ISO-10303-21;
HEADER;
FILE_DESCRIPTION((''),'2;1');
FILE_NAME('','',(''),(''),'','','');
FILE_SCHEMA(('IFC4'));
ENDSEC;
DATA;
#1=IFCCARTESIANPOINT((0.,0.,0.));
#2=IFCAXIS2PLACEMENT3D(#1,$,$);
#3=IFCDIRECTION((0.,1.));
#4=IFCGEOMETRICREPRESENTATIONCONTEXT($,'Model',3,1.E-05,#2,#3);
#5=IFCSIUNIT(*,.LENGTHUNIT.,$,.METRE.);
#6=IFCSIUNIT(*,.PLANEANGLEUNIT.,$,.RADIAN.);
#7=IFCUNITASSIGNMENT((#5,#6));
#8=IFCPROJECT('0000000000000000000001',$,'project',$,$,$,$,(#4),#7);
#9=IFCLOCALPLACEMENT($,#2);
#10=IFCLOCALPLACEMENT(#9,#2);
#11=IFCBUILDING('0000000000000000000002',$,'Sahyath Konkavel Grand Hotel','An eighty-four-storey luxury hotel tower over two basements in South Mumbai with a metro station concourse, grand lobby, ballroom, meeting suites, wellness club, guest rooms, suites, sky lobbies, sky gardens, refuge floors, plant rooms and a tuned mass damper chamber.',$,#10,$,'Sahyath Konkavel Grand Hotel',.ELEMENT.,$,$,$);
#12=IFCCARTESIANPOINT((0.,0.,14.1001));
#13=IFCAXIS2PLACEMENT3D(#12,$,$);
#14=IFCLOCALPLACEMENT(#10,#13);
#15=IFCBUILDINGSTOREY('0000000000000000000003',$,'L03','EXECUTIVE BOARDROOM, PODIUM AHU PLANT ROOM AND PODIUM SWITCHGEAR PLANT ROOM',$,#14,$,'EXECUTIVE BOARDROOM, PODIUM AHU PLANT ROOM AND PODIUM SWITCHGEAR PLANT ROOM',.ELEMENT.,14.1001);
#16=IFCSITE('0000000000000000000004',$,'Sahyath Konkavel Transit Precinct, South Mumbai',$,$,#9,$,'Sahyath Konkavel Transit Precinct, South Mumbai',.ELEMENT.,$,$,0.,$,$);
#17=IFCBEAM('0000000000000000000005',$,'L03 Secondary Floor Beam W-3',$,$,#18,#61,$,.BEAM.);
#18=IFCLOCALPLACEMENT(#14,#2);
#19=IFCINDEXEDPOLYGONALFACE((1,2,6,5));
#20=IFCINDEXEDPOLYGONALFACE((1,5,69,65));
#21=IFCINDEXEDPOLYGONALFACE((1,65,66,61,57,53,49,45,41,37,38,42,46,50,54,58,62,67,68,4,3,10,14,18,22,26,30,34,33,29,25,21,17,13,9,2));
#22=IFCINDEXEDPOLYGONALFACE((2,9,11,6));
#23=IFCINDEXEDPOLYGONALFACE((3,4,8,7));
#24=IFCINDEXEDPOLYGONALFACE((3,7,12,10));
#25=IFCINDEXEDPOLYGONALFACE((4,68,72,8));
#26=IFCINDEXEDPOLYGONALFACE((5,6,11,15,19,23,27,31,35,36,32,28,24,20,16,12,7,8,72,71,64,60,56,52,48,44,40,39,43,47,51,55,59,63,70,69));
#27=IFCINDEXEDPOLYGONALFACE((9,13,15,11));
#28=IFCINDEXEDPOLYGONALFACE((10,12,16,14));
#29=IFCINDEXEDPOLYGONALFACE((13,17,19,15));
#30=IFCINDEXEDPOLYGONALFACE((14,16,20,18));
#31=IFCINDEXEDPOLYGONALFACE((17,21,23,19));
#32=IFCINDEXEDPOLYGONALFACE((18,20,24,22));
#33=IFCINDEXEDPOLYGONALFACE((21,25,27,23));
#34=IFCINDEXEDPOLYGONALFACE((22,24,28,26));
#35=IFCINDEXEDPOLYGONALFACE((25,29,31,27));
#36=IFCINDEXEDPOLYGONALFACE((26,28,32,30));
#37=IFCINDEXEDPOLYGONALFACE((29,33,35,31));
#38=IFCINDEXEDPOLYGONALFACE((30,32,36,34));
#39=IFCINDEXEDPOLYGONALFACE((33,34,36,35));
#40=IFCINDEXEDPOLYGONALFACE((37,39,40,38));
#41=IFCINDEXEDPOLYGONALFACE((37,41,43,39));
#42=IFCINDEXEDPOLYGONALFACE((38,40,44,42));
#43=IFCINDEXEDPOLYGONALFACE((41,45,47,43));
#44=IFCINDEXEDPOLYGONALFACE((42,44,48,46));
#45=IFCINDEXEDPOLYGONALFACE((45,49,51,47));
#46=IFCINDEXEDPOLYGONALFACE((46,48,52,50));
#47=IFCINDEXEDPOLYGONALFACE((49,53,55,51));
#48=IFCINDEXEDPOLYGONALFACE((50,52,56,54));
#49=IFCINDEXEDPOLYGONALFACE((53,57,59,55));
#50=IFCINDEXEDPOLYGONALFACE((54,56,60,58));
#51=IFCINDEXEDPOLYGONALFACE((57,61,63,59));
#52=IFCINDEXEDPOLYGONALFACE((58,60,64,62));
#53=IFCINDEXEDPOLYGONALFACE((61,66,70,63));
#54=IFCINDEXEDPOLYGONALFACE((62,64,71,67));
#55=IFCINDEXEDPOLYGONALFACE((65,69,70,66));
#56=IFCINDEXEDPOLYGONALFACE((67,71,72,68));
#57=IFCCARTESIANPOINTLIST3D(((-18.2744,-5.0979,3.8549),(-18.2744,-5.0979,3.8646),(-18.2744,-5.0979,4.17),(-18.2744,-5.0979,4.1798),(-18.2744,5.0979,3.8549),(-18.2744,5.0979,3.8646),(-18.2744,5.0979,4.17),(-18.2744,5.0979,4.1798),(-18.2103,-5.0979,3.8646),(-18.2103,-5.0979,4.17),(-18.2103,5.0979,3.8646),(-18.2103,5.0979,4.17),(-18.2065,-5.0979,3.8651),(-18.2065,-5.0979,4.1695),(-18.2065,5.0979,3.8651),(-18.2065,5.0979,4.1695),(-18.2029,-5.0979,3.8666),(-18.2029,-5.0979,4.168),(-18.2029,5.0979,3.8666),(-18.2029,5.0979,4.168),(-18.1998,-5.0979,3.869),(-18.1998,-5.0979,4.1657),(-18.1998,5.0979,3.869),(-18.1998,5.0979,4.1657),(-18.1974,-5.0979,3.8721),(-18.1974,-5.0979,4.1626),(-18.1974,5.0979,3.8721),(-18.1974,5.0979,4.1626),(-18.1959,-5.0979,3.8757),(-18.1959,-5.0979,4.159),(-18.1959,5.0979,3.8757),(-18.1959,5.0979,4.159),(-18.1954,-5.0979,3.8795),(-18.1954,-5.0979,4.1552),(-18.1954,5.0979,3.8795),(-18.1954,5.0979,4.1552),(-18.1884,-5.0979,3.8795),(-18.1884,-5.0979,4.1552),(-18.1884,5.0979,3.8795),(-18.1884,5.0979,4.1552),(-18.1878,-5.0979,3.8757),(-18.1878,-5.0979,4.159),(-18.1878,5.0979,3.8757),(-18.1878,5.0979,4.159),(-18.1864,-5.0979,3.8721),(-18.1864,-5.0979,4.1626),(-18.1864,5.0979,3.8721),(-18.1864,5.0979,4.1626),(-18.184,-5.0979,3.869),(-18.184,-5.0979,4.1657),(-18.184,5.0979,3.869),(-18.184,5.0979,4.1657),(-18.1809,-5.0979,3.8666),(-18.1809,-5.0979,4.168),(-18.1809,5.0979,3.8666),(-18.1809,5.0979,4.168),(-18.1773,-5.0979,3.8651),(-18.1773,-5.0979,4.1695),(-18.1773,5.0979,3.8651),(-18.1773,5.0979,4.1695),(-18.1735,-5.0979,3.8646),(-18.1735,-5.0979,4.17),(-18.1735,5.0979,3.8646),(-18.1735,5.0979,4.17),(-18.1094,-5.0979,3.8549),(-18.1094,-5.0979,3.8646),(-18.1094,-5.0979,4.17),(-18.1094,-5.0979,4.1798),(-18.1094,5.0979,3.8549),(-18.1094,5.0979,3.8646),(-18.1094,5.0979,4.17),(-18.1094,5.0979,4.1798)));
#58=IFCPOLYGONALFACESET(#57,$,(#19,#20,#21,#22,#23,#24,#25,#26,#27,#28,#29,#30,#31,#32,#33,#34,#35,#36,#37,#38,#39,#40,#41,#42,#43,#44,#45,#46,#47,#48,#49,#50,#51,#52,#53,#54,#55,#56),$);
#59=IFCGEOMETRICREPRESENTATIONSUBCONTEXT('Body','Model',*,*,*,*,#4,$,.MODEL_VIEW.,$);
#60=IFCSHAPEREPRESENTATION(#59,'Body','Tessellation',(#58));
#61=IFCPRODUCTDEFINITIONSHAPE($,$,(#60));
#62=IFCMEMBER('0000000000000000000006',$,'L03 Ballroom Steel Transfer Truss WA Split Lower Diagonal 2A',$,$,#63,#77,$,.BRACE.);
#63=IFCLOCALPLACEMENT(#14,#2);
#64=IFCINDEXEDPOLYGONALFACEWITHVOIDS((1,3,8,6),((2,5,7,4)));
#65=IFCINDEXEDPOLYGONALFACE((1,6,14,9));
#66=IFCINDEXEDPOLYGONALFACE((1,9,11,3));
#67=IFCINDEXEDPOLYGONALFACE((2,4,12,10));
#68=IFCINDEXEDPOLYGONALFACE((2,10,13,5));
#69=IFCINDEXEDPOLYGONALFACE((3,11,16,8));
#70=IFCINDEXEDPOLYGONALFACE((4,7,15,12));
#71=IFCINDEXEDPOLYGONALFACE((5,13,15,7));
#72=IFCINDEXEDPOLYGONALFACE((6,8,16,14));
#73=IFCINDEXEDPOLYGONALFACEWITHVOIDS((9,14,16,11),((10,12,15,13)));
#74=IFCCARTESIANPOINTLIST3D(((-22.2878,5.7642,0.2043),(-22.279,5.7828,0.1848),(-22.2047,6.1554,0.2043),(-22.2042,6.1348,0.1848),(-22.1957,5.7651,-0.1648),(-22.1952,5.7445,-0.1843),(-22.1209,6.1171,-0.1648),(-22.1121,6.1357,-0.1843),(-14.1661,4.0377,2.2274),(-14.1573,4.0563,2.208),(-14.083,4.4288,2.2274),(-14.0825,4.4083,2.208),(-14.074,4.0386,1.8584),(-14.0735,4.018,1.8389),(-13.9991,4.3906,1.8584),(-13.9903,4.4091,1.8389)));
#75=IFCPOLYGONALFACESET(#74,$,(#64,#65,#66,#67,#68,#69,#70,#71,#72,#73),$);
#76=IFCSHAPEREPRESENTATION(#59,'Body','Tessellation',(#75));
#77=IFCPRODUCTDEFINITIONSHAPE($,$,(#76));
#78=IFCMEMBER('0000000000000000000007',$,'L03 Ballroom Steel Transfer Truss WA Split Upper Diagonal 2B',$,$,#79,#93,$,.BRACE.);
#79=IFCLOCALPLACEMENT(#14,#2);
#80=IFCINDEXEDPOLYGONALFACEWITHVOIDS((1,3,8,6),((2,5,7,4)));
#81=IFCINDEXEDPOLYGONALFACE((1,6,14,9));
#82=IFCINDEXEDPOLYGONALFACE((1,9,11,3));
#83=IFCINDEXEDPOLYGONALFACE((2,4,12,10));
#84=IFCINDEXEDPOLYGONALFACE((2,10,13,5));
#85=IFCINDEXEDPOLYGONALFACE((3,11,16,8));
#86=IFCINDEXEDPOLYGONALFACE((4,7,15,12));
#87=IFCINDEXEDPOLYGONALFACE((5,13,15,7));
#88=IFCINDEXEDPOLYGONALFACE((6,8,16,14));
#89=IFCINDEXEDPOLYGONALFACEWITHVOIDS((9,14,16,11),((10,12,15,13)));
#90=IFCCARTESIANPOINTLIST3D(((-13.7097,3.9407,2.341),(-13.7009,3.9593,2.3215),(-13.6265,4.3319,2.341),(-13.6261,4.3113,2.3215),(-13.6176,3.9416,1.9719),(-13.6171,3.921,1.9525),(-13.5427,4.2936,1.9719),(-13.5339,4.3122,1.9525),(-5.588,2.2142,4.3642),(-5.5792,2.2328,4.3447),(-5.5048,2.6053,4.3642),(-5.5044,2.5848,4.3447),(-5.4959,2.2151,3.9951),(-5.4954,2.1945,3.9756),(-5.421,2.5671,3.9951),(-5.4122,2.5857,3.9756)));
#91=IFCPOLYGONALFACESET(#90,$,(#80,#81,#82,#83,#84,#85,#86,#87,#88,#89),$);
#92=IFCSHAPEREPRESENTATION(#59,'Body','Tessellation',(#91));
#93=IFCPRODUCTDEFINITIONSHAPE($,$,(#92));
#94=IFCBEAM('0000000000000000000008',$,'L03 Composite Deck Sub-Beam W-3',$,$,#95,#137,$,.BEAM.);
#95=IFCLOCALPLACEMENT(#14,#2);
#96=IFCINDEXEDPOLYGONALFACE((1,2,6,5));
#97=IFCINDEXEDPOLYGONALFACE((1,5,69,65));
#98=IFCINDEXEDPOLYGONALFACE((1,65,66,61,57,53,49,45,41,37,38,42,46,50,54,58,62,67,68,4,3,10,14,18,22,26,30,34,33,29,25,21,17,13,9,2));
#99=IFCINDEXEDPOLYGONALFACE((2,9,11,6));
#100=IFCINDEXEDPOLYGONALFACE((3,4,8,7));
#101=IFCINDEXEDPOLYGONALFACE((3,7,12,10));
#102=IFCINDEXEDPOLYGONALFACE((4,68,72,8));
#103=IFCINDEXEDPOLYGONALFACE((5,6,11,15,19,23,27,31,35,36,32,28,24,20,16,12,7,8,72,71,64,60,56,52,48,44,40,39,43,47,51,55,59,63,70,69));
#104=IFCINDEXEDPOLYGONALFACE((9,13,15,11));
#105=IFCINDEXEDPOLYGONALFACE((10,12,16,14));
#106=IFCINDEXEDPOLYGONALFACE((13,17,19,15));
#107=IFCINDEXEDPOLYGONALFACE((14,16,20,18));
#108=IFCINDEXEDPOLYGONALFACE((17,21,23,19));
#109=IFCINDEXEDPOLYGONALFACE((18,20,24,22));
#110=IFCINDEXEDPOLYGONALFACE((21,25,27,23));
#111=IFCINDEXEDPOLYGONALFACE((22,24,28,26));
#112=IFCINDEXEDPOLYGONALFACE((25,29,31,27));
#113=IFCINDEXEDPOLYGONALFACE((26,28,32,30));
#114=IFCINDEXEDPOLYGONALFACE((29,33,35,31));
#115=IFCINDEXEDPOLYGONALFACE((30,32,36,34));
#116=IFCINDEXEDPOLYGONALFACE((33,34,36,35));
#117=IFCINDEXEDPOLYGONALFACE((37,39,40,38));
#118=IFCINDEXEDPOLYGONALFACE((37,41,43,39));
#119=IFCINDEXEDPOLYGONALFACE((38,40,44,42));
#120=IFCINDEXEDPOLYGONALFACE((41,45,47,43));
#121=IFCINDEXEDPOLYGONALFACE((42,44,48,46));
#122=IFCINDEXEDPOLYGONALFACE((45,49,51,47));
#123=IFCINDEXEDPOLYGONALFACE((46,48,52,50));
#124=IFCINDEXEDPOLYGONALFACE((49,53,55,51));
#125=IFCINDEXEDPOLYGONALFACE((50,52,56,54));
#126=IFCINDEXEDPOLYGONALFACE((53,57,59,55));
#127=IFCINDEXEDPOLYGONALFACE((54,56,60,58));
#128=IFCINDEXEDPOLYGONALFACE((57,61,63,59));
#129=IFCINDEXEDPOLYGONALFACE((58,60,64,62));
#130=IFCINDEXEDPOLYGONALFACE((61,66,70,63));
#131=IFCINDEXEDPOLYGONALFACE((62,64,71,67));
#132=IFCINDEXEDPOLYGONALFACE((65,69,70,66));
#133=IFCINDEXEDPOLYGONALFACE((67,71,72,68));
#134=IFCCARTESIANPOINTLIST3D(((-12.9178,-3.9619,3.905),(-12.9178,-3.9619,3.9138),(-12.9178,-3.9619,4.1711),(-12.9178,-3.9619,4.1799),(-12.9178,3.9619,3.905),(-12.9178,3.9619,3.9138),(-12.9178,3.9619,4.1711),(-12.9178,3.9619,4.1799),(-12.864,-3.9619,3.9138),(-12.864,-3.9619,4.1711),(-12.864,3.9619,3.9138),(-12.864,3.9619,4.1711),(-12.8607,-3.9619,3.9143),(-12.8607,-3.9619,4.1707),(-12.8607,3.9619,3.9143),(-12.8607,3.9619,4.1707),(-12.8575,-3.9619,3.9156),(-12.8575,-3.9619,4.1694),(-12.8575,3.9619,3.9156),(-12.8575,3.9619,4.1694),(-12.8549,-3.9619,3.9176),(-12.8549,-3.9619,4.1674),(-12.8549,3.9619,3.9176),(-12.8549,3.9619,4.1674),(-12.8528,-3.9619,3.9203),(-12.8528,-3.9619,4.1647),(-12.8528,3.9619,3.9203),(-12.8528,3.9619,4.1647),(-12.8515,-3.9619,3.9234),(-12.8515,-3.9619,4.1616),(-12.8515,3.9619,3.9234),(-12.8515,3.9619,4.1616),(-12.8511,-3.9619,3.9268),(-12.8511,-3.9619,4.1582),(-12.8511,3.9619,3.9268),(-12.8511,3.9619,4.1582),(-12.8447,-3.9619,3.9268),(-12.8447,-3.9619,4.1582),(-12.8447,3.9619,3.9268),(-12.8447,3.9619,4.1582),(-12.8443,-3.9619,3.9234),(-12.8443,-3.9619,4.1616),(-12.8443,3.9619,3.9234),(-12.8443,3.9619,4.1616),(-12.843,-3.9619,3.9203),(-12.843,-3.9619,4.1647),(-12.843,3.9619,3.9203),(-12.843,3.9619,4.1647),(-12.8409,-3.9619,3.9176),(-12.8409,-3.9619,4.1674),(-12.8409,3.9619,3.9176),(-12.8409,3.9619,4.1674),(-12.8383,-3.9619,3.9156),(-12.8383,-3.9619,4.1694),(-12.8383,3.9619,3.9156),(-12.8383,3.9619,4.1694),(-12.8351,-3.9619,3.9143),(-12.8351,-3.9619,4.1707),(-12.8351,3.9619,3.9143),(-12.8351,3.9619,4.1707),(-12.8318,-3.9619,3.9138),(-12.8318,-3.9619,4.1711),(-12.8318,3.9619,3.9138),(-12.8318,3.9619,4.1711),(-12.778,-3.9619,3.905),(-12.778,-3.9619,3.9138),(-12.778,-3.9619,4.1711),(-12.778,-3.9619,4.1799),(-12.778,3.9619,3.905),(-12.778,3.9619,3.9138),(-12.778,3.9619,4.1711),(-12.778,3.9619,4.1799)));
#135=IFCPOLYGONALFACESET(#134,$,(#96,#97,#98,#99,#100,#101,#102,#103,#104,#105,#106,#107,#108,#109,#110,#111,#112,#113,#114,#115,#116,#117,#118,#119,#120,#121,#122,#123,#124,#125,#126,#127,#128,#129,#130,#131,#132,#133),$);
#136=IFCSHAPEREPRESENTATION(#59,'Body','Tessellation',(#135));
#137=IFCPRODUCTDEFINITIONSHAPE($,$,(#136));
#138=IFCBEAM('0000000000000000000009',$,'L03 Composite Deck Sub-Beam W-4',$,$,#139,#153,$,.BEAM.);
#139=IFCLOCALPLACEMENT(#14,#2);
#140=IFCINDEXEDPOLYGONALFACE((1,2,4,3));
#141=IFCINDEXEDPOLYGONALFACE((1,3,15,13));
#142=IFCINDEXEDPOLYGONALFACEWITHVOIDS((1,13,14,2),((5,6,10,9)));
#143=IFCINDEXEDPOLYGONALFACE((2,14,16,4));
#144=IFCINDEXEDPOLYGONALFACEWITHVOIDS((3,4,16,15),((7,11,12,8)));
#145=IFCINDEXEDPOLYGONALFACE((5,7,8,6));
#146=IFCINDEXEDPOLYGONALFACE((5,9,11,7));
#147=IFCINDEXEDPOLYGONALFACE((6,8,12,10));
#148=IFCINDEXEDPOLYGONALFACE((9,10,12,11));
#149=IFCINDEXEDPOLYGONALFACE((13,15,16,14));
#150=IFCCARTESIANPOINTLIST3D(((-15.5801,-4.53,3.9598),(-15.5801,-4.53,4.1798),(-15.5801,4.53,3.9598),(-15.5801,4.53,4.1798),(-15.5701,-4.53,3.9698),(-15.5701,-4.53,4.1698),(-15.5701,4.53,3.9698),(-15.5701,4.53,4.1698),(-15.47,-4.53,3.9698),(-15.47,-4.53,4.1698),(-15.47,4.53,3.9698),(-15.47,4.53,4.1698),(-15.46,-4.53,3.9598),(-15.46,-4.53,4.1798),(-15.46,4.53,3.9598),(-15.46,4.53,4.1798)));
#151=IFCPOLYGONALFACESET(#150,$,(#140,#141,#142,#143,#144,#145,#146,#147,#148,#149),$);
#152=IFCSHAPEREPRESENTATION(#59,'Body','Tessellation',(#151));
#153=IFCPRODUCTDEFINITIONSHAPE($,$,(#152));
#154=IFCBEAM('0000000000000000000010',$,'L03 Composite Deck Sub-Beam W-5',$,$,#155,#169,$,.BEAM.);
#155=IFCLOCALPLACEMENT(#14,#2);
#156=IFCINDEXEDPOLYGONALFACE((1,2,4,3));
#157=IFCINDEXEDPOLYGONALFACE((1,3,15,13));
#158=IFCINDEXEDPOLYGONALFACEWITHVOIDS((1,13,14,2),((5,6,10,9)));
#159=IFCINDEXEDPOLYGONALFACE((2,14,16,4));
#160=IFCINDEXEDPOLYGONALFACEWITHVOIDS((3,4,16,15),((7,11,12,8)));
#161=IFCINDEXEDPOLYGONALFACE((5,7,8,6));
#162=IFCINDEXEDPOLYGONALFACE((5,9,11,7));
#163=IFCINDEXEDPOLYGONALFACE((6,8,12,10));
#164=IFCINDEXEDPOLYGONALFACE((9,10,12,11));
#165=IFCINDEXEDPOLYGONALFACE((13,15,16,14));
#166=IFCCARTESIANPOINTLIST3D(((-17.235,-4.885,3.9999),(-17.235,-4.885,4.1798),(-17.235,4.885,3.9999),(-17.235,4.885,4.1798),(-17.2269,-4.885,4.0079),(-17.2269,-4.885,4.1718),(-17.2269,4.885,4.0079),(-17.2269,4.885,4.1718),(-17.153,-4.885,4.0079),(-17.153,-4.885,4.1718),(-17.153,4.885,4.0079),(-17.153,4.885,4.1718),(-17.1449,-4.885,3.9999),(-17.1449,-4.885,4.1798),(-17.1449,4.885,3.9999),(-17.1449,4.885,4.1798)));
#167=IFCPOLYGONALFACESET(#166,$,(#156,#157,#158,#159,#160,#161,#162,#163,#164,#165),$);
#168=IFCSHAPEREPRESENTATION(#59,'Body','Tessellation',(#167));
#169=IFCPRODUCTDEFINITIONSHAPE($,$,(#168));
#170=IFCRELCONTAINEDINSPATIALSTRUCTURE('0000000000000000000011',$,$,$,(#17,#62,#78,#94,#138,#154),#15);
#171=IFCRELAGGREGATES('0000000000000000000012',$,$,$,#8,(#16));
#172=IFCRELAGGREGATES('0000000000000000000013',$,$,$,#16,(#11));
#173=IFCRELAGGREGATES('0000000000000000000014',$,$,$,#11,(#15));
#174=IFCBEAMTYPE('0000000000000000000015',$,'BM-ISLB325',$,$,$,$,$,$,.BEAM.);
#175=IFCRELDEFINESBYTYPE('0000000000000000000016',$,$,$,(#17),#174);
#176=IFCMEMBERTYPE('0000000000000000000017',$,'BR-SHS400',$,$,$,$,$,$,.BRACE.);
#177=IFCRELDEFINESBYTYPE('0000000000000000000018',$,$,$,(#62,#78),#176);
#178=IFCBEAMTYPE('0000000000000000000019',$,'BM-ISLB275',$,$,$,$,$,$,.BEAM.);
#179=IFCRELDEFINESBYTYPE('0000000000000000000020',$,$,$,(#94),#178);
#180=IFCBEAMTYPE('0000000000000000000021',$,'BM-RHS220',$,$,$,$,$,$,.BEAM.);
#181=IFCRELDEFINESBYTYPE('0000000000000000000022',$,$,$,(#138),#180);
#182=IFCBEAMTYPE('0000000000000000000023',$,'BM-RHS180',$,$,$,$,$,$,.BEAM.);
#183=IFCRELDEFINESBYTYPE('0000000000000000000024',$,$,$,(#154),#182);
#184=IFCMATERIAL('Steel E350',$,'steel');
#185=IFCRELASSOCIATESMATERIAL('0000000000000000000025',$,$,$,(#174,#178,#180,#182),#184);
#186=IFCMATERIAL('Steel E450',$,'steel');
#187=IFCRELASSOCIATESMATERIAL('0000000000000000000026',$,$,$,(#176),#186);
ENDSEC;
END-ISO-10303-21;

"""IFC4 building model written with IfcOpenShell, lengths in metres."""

from ifc_helpers import new_model, si_unit, direction, frame, origin, origin_2d, place, context, subcontext, project, spatial, hollow_rectangle, i_section, extrude, source, transform, mapped, material, material_profile, profile_set, type_object, element, save


model = new_model("IFC4")

# Units and contexts
model_context = context("Model", 3, precision=1e-05, world=origin(), true_north=direction((0.0, 1.0)))
body_context = subcontext(model_context, "Body", "Model", "MODEL_VIEW")
ifc_project = project(units=[si_unit("LENGTHUNIT", "METRE"), si_unit("PLANEANGLEUNIT", "RADIAN")], contexts=[model_context])

# Site, building, storey
site_placement = place(None, origin())
site = spatial("IfcSite", under=ifc_project, at=site_placement, Name="Sahyath Konkavel Transit Precinct, South Mumbai", LongName="Sahyath Konkavel Transit Precinct, South Mumbai", CompositionType="ELEMENT", RefElevation=0.0)
building_placement = place(site_placement, origin())
building = spatial("IfcBuilding", under=site, at=building_placement, Name="Sahyath Konkavel Grand Hotel", Description="An eighty-four-storey luxury hotel tower over two basements in South Mumbai with a metro station concourse, grand lobby, ballroom, meeting suites, wellness club, guest rooms, suites, sky lobbies, sky gardens, refuge floors, plant rooms and a tuned mass damper chamber.", LongName="Sahyath Konkavel Grand Hotel", CompositionType="ELEMENT")
storey_placement = place(building_placement, frame((0.0, 0.0, 14.1001)))
storey = spatial("IfcBuildingStorey", under=building, at=storey_placement, Name="L03", Description="EXECUTIVE BOARDROOM, PODIUM AHU PLANT ROOM AND PODIUM SWITCHGEAR PLANT ROOM", LongName="EXECUTIVE BOARDROOM, PODIUM AHU PLANT ROOM AND PODIUM SWITCHGEAR PLANT ROOM", CompositionType="ELEMENT", Elevation=14.1001)

# Shared definitions
ifc_material_1 = material(Name="Steel E450", Category="steel")

# Beam
ifc_material_2 = material(Name="Steel E350", Category="steel")
ifc_material_profile_1 = material_profile(ifc_material_2, i_section(OverallWidth=0.165, OverallDepth=0.325, WebThickness=0.0071, FlangeThickness=0.0098, FilletRadius=0.0149, at=origin_2d()), Name="ISLB 325")
ifc_profile_set_1 = profile_set([ifc_material_profile_1], Name="Steel E350")
beam_type_1 = type_object("IfcBeamType", Name="BM-ISLB325", PredefinedType="BEAM", material=ifc_profile_set_1)
shared_shape_1 = source(origin(), body_context, "Body", "SweptSolid", [
    extrude(i_section(OverallWidth=0.165, OverallDepth=0.325, WebThickness=0.0071, FlangeThickness=0.0098, FilletRadius=0.0149, at=origin_2d()), origin(), (0.0, 0.0, 1.0), 10.1958),
])
beam_1_placement = place(storey_placement, frame((-18.1919, 5.0979, 4.0173), z_axis=(0.0, -1.0, 0.0), x_axis=(1.0, 0.0, 0.0)))
element("IfcBeam", 1, at=beam_1_placement, inside=storey, type_object=beam_type_1, Name="L03 Secondary Floor Beam W-3", PredefinedType="BEAM", context=body_context, shape_type="MappedRepresentation", body=[
    mapped(shared_shape_1, transform((0.0, 0.0, 0.0), scale=1.0)),
])

# Members
ifc_material_profile_2 = material_profile(ifc_material_1, hollow_rectangle(XDim=0.3999, YDim=0.3999, WallThickness=0.02, at=origin_2d()), Name="SHS 400x400x20")
ifc_profile_set_2 = profile_set([ifc_material_profile_2], Name="Steel E450")
member_type = type_object("IfcMemberType", Name="BR-SHS400", PredefinedType="BRACE", material=ifc_profile_set_2)
shared_shape_2 = source(origin(), body_context, "Body", "SweptSolid", [
    extrude(hollow_rectangle(XDim=0.3999, YDim=0.3999, WallThickness=0.02, at=origin_2d()), origin(), (0.0, 0.0, 1.0), 8.5461),
])
for number, where, z_axis, x_axis, name in (
    (2, (-22.2, 5.95, 0.01), (0.950338, -0.202026, 0.236735), (0.207936, 0.978142, 0.0), "L03 Ballroom Steel Transfer Truss WA Split Lower Diagonal 2A"),
    (3, (-13.6218, 4.1265, 2.1467), (0.950338, -0.202026, 0.236735), (0.207936, 0.978142, 0.0), "L03 Ballroom Steel Transfer Truss WA Split Upper Diagonal 2B"),
):
    element("IfcMember", number, at=place(storey_placement, frame(where, z_axis=z_axis, x_axis=x_axis)), inside=storey, type_object=member_type, Name=name, PredefinedType="BRACE", context=body_context, shape_type="MappedRepresentation", body=[
        mapped(shared_shape_2, transform((0.0, 0.0, 0.0), scale=1.0)),
    ])

# Beams
ifc_material_profile_3 = material_profile(ifc_material_2, i_section(OverallWidth=0.1399, OverallDepth=0.2749, WebThickness=0.0063, FlangeThickness=0.0088, FilletRadius=0.0129, at=origin_2d()), Name="ISLB 275")
ifc_profile_set_3 = profile_set([ifc_material_profile_3], Name="Steel E350")
beam_type_2 = type_object("IfcBeamType", Name="BM-ISLB275", PredefinedType="BEAM", material=ifc_profile_set_3)
shared_shape_3 = source(origin(), body_context, "Body", "SweptSolid", [
    extrude(i_section(OverallWidth=0.1399, OverallDepth=0.2749, WebThickness=0.0063, FlangeThickness=0.0088, FilletRadius=0.0129, at=origin_2d()), origin(), (0.0, 0.0, 1.0), 7.9238),
])
beam_2_placement = place(storey_placement, frame((-12.8479, 3.9619, 4.0425), z_axis=(0.0, -1.0, 0.0), x_axis=(1.0, 0.0, 0.0)))
element("IfcBeam", 4, at=beam_2_placement, inside=storey, type_object=beam_type_2, Name="L03 Composite Deck Sub-Beam W-3", PredefinedType="BEAM", context=body_context, shape_type="MappedRepresentation", body=[
    mapped(shared_shape_3, transform((0.0, 0.0, 0.0), scale=1.0)),
])
ifc_material_profile_4 = material_profile(ifc_material_2, hollow_rectangle(XDim=0.1201, YDim=0.22, WallThickness=0.01, at=origin_2d()), Name="RHS 220x120x10")
ifc_profile_set_4 = profile_set([ifc_material_profile_4], Name="Steel E350")
beam_type_3 = type_object("IfcBeamType", Name="BM-RHS220", PredefinedType="BEAM", material=ifc_profile_set_4)
shared_shape_4 = source(origin(), body_context, "Body", "SweptSolid", [
    extrude(hollow_rectangle(XDim=0.1201, YDim=0.22, WallThickness=0.01, at=origin_2d()), origin(), (0.0, 0.0, 1.0), 9.0601),
])
beam_3_placement = place(storey_placement, frame((-15.52, 4.53, 4.0698), z_axis=(0.0, -1.0, 0.0), x_axis=(1.0, 0.0, 0.0)))
element("IfcBeam", 5, at=beam_3_placement, inside=storey, type_object=beam_type_3, Name="L03 Composite Deck Sub-Beam W-4", PredefinedType="BEAM", context=body_context, shape_type="MappedRepresentation", body=[
    mapped(shared_shape_4, transform((0.0, 0.0, 0.0), scale=1.0)),
])
ifc_material_profile_5 = material_profile(ifc_material_2, hollow_rectangle(XDim=0.0901, YDim=0.1799, WallThickness=0.0081, at=origin_2d()), Name="RHS 180x90x8")
ifc_profile_set_5 = profile_set([ifc_material_profile_5], Name="Steel E350")
beam_type_4 = type_object("IfcBeamType", Name="BM-RHS180", PredefinedType="BEAM", material=ifc_profile_set_5)
shared_shape_5 = source(origin(), body_context, "Body", "SweptSolid", [
    extrude(hollow_rectangle(XDim=0.0901, YDim=0.1799, WallThickness=0.0081, at=origin_2d()), origin(), (0.0, 0.0, 1.0), 9.77),
])
beam_4_placement = place(storey_placement, frame((-17.1899, 4.885, 4.0898), z_axis=(0.0, -1.0, 0.0), x_axis=(1.0, 0.0, 0.0)))
element("IfcBeam", 6, at=beam_4_placement, inside=storey, type_object=beam_type_4, Name="L03 Composite Deck Sub-Beam W-5", PredefinedType="BEAM", context=body_context, shape_type="MappedRepresentation", body=[
    mapped(shared_shape_5, transform((0.0, 0.0, 0.0), scale=1.0)),
])

save(model, "model.ifc")
